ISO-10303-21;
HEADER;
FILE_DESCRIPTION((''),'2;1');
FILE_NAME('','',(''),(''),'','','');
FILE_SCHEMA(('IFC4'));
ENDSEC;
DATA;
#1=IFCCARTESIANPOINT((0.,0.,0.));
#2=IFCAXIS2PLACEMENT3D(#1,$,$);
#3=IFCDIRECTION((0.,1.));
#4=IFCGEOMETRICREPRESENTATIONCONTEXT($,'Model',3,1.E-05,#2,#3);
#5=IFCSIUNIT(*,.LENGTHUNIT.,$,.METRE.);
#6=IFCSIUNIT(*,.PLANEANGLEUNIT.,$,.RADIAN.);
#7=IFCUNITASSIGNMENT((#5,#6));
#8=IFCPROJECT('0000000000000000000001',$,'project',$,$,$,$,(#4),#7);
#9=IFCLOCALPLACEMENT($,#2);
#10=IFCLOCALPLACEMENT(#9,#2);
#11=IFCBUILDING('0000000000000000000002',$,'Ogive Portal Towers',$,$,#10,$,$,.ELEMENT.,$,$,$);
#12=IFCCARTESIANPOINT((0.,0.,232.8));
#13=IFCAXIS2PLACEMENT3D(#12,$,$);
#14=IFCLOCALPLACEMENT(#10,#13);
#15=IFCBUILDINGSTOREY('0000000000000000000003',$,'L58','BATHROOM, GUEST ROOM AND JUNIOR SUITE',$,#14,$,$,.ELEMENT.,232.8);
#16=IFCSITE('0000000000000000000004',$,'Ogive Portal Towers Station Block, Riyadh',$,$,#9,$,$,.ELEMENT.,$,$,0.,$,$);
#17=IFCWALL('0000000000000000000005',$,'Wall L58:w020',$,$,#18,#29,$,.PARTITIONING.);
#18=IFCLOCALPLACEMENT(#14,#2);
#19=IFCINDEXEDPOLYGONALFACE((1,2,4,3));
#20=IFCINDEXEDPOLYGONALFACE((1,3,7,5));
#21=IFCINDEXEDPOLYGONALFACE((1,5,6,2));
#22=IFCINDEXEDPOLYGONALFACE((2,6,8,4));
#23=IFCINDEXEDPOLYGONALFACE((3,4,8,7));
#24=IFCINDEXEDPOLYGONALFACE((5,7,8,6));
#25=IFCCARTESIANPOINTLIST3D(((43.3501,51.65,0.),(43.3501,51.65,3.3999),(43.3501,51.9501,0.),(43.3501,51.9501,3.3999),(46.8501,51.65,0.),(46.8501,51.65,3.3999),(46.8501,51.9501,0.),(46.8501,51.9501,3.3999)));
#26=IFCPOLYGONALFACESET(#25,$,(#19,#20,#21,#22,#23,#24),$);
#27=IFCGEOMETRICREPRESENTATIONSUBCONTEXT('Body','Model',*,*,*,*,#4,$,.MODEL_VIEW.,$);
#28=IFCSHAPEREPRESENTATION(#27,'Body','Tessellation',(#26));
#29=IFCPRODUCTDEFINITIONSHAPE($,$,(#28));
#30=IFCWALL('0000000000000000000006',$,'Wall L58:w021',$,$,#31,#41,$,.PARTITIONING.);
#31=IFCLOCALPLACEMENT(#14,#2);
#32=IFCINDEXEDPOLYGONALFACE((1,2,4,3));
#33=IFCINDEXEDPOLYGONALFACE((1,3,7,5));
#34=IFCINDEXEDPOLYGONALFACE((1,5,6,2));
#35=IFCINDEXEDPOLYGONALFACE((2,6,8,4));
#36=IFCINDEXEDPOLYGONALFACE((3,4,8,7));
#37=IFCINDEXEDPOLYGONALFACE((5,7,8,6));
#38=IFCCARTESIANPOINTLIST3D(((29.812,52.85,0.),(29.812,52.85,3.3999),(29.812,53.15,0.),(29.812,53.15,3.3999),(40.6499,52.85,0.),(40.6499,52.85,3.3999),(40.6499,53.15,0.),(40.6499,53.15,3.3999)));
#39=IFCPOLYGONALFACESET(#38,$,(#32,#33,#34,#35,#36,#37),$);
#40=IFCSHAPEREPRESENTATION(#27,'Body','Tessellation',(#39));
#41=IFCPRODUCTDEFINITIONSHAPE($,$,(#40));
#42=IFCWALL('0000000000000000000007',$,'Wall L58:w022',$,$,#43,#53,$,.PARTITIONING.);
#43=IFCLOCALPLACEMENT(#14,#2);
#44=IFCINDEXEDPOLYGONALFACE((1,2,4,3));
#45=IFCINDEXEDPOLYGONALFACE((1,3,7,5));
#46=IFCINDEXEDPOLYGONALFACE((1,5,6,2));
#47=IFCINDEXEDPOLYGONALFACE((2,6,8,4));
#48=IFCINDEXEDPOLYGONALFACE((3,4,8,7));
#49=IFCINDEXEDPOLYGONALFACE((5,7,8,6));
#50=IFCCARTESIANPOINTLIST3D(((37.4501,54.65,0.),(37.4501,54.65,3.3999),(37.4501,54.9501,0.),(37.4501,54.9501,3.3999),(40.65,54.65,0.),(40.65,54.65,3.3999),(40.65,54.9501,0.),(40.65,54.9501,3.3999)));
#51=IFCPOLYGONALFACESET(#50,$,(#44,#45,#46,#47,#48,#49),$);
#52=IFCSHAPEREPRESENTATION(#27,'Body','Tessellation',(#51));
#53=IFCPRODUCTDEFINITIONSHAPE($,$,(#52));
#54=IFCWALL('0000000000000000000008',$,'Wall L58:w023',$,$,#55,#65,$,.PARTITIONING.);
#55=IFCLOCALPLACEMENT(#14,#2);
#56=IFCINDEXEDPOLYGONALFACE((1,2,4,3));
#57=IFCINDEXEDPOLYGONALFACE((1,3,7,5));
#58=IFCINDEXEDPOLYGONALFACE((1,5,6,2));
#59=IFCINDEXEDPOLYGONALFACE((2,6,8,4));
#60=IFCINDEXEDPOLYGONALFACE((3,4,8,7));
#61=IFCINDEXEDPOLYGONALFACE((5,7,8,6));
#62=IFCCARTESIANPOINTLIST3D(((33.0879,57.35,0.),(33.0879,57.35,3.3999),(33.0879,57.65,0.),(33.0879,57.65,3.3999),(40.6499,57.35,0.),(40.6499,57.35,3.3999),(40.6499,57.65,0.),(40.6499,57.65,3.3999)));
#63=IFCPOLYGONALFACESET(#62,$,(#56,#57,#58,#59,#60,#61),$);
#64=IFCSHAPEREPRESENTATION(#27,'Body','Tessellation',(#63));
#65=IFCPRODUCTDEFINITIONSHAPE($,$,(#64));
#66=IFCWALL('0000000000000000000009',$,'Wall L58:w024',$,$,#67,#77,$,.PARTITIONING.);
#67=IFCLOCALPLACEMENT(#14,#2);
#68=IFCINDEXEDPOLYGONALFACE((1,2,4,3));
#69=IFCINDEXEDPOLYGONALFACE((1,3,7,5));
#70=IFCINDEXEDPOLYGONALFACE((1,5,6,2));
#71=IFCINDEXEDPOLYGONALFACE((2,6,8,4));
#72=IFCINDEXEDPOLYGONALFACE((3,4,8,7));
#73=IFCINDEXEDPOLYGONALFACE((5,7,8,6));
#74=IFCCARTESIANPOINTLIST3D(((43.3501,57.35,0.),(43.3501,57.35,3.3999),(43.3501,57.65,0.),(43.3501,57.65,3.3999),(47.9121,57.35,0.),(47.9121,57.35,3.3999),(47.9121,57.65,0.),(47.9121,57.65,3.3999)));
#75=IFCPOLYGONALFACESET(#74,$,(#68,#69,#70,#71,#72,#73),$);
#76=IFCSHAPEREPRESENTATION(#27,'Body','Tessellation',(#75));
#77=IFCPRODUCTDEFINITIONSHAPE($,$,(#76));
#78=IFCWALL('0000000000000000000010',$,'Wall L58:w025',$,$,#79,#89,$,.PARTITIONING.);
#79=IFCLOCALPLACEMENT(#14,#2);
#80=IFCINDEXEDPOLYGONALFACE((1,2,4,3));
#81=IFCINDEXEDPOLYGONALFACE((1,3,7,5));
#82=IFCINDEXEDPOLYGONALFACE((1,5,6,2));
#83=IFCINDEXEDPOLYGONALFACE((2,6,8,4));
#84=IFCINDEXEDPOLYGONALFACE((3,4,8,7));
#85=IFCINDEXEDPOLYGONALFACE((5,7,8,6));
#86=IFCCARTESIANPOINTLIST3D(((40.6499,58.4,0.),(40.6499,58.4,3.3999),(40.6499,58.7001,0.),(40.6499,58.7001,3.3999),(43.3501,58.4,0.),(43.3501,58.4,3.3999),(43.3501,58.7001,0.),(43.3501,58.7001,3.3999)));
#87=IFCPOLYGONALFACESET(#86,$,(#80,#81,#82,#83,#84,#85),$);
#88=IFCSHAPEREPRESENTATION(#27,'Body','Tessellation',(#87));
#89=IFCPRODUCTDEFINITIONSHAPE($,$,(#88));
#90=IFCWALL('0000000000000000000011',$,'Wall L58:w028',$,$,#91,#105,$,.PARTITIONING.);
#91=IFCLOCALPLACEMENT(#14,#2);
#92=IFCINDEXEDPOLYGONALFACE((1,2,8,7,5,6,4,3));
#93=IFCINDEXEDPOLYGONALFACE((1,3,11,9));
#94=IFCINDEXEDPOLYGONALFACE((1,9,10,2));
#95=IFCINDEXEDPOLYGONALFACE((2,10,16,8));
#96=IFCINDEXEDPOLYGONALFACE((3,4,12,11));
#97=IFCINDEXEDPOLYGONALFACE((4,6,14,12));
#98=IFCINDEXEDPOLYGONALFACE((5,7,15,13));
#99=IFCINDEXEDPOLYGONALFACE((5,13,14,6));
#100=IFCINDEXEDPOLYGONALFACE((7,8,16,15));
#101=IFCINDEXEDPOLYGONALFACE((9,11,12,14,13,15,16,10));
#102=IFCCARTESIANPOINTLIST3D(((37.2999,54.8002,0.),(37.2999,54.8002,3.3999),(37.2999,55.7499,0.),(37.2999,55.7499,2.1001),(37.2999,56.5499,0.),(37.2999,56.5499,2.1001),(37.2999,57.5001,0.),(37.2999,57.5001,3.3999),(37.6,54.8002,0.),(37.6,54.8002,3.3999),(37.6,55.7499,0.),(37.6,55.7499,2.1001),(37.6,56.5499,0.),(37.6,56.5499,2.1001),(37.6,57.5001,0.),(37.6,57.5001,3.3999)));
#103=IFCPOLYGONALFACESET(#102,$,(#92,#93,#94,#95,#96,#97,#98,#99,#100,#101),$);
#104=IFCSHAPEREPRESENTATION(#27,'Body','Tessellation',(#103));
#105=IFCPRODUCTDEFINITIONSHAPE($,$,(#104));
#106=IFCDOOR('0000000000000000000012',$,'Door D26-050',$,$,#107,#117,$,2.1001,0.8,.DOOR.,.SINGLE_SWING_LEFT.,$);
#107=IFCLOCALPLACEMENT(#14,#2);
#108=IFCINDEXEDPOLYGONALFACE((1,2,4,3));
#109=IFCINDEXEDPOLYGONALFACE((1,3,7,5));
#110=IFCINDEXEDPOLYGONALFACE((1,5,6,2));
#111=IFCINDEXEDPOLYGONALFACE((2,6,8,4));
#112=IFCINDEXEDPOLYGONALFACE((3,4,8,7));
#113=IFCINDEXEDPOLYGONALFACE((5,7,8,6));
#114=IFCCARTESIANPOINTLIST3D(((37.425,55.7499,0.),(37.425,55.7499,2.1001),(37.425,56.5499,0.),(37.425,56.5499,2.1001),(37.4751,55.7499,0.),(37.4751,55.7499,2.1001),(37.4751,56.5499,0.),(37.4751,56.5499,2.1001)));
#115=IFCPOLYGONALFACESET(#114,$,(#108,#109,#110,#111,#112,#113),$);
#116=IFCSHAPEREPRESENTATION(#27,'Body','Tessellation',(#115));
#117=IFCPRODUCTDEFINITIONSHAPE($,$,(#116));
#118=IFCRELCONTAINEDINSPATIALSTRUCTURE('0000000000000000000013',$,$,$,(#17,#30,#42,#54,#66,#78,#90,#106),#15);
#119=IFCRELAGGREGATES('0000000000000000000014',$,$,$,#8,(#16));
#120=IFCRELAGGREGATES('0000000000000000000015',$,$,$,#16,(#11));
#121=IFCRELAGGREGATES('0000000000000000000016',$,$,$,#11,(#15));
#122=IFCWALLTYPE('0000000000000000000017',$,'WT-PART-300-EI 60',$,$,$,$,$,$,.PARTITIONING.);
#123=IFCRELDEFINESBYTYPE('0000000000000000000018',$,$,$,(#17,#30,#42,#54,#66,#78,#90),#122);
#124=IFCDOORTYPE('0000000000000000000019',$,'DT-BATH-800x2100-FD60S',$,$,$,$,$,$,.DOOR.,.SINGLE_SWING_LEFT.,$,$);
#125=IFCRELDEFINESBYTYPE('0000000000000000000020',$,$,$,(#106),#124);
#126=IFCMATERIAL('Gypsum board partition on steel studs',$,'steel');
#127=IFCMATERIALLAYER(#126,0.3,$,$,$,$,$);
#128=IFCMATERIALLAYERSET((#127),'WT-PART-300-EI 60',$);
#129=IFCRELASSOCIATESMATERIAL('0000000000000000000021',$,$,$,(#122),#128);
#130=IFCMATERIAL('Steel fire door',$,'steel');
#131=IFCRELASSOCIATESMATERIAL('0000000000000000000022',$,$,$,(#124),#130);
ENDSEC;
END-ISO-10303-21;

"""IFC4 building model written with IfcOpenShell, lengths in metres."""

from ifc_helpers import new_model, si_unit, direction, frame, frame_2d, origin, place, context, subcontext, project, spatial, rectangle, extrude, material, layer, layer_set, type_object, element, fill, save


model = new_model("IFC4")

# Units and contexts
model_context = context("Model", 3, precision=1e-05, world=origin(), true_north=direction((0.0, 1.0)))
body_context = subcontext(model_context, "Body", "Model", "MODEL_VIEW")
ifc_project = project(units=[si_unit("LENGTHUNIT", "METRE"), si_unit("PLANEANGLEUNIT", "RADIAN")], contexts=[model_context])

# Site, building, storey
site_placement = place(None, origin())
site = spatial("IfcSite", under=ifc_project, at=site_placement, Name="Ogive Portal Towers Station Block, Riyadh", CompositionType="ELEMENT", RefElevation=0.0)
building_placement = place(site_placement, origin())
building = spatial("IfcBuilding", under=site, at=building_placement, Name="Ogive Portal Towers", CompositionType="ELEMENT")
storey_placement = place(building_placement, frame((0.0, 0.0, 232.8)))
storey = spatial("IfcBuildingStorey", under=building, at=storey_placement, Name="L58", Description="BATHROOM, GUEST ROOM AND JUNIOR SUITE", CompositionType="ELEMENT", Elevation=232.8)

# Walls
ifc_material_1 = material(Name="Gypsum board partition on steel studs", Category="steel")
ifc_layer_1 = layer(ifc_material_1, 0.3)
ifc_layer_set_1 = layer_set([ifc_layer_1], Name="WT-PART-300-EI 60")
wall_type_1 = type_object("IfcWallType", Name="WT-PART-300-EI 60", PredefinedType="PARTITIONING", material=ifc_layer_set_1)
wall_1_placement = place(storey_placement, frame((43.3501, 51.8, 0.0), z_axis=(0.0, 0.0, 1.0), x_axis=(1.0, 0.0, 0.0)))
element("IfcWall", 1, at=wall_1_placement, inside=storey, type_object=wall_type_1, Name="Wall L58:w020", PredefinedType="PARTITIONING", context=body_context, shape_type="SweptSolid", body=[
    extrude(rectangle(XDim=3.5, YDim=0.3, at=frame_2d((1.75, 0.0))), origin(), (0.0, 0.0, 1.0), 3.3999),
])
wall_2_placement = place(storey_placement, frame((29.812, 53.0, 0.0), z_axis=(0.0, 0.0, 1.0), x_axis=(1.0, 0.0, 0.0)))
element("IfcWall", 2, at=wall_2_placement, inside=storey, type_object=wall_type_1, Name="Wall L58:w021", PredefinedType="PARTITIONING", context=body_context, shape_type="SweptSolid", body=[
    extrude(rectangle(XDim=10.8379, YDim=0.3, at=frame_2d((5.4189, 0.0))), origin(), (0.0, 0.0, 1.0), 3.3999),
])
wall_3_placement = place(storey_placement, frame((37.45, 54.8, 0.0), z_axis=(0.0, 0.0, 1.0), x_axis=(1.0, 0.0, 0.0)))
element("IfcWall", 3, at=wall_3_placement, inside=storey, type_object=wall_type_1, Name="Wall L58:w022", PredefinedType="PARTITIONING", context=body_context, shape_type="SweptSolid", body=[
    extrude(rectangle(XDim=3.2, YDim=0.3, at=frame_2d((1.6001, 0.0))), origin(), (0.0, 0.0, 1.0), 3.3999),
])
wall_4_placement = place(storey_placement, frame((33.0879, 57.5, 0.0), z_axis=(0.0, 0.0, 1.0), x_axis=(1.0, 0.0, 0.0)))
element("IfcWall", 4, at=wall_4_placement, inside=storey, type_object=wall_type_1, Name="Wall L58:w023", PredefinedType="PARTITIONING", context=body_context, shape_type="SweptSolid", body=[
    extrude(rectangle(XDim=7.562, YDim=0.3, at=frame_2d((3.781, 0.0))), origin(), (0.0, 0.0, 1.0), 3.3999),
])
wall_5_placement = place(storey_placement, frame((43.3501, 57.5, 0.0), z_axis=(0.0, 0.0, 1.0), x_axis=(1.0, 0.0, 0.0)))
element("IfcWall", 5, at=wall_5_placement, inside=storey, type_object=wall_type_1, Name="Wall L58:w024", PredefinedType="PARTITIONING", context=body_context, shape_type="SweptSolid", body=[
    extrude(rectangle(XDim=4.562, YDim=0.3, at=frame_2d((2.281, 0.0))), origin(), (0.0, 0.0, 1.0), 3.3999),
])
wall_6_placement = place(storey_placement, frame((40.6499, 58.55, 0.0), z_axis=(0.0, 0.0, 1.0), x_axis=(1.0, 0.0, 0.0)))
element("IfcWall", 6, at=wall_6_placement, inside=storey, type_object=wall_type_1, Name="Wall L58:w025", PredefinedType="PARTITIONING", context=body_context, shape_type="SweptSolid", body=[
    extrude(rectangle(XDim=2.7002, YDim=0.3, at=frame_2d((1.3501, 0.0))), origin(), (0.0, 0.0, 1.0), 3.3999),
])

# Wall, opening, door
wall_7_placement = place(storey_placement, frame((37.45, 54.8, 0.0), z_axis=(0.0, 0.0, 1.0), x_axis=(0.0, 1.0, 0.0)))
wall_7 = element("IfcWall", 7, at=wall_7_placement, inside=storey, type_object=wall_type_1, Name="Wall L58:w028", PredefinedType="PARTITIONING", context=body_context, shape_type="SweptSolid", body=[
    extrude(rectangle(XDim=2.7, YDim=0.3, at=frame_2d((1.3501, 0.0))), origin(), (0.0, 0.0, 1.0), 3.3999),
])
opening_1_placement = place(wall_7_placement, frame((0.95, 0.0, 0.0)))
opening_1 = element("IfcOpeningElement", 8, at=opening_1_placement, cuts=wall_7, PredefinedType="OPENING", context=body_context, shape_type="SweptSolid", body=[
    extrude(rectangle(XDim=0.8, YDim=2.1001, at=frame_2d((0.3999, 1.05))), frame((0.0, 0.1602, 0.0), z_axis=(0.0, -1.0, 0.0), x_axis=(1.0, 0.0, 0.0)), (0.0, 0.0, 1.0), 0.3201),
])
ifc_material_2 = material(Name="Steel fire door", Category="steel")
door_type = type_object("IfcDoorType", Name="DT-BATH-800x2100-FD60S", OperationType="SINGLE_SWING_LEFT", PredefinedType="DOOR", material=ifc_material_2)
door_placement = place(opening_1_placement, origin())
door = element("IfcDoor", 9, at=door_placement, inside=storey, type_object=door_type, Name="Door D26-050", OperationType="SINGLE_SWING_LEFT", OverallHeight=2.1001, OverallWidth=0.8, PredefinedType="DOOR", context=body_context, shape_type="SweptSolid", body=[
    extrude(rectangle(XDim=0.8, YDim=2.1001, at=frame_2d((0.3999, 1.05))), frame((0.0, 0.0249, 0.0), z_axis=(0.0, -1.0, 0.0), x_axis=(1.0, 0.0, 0.0)), (0.0, 0.0, 1.0), 0.05),
])
fill(opening_1, door)

save(model, "model.ifc")
